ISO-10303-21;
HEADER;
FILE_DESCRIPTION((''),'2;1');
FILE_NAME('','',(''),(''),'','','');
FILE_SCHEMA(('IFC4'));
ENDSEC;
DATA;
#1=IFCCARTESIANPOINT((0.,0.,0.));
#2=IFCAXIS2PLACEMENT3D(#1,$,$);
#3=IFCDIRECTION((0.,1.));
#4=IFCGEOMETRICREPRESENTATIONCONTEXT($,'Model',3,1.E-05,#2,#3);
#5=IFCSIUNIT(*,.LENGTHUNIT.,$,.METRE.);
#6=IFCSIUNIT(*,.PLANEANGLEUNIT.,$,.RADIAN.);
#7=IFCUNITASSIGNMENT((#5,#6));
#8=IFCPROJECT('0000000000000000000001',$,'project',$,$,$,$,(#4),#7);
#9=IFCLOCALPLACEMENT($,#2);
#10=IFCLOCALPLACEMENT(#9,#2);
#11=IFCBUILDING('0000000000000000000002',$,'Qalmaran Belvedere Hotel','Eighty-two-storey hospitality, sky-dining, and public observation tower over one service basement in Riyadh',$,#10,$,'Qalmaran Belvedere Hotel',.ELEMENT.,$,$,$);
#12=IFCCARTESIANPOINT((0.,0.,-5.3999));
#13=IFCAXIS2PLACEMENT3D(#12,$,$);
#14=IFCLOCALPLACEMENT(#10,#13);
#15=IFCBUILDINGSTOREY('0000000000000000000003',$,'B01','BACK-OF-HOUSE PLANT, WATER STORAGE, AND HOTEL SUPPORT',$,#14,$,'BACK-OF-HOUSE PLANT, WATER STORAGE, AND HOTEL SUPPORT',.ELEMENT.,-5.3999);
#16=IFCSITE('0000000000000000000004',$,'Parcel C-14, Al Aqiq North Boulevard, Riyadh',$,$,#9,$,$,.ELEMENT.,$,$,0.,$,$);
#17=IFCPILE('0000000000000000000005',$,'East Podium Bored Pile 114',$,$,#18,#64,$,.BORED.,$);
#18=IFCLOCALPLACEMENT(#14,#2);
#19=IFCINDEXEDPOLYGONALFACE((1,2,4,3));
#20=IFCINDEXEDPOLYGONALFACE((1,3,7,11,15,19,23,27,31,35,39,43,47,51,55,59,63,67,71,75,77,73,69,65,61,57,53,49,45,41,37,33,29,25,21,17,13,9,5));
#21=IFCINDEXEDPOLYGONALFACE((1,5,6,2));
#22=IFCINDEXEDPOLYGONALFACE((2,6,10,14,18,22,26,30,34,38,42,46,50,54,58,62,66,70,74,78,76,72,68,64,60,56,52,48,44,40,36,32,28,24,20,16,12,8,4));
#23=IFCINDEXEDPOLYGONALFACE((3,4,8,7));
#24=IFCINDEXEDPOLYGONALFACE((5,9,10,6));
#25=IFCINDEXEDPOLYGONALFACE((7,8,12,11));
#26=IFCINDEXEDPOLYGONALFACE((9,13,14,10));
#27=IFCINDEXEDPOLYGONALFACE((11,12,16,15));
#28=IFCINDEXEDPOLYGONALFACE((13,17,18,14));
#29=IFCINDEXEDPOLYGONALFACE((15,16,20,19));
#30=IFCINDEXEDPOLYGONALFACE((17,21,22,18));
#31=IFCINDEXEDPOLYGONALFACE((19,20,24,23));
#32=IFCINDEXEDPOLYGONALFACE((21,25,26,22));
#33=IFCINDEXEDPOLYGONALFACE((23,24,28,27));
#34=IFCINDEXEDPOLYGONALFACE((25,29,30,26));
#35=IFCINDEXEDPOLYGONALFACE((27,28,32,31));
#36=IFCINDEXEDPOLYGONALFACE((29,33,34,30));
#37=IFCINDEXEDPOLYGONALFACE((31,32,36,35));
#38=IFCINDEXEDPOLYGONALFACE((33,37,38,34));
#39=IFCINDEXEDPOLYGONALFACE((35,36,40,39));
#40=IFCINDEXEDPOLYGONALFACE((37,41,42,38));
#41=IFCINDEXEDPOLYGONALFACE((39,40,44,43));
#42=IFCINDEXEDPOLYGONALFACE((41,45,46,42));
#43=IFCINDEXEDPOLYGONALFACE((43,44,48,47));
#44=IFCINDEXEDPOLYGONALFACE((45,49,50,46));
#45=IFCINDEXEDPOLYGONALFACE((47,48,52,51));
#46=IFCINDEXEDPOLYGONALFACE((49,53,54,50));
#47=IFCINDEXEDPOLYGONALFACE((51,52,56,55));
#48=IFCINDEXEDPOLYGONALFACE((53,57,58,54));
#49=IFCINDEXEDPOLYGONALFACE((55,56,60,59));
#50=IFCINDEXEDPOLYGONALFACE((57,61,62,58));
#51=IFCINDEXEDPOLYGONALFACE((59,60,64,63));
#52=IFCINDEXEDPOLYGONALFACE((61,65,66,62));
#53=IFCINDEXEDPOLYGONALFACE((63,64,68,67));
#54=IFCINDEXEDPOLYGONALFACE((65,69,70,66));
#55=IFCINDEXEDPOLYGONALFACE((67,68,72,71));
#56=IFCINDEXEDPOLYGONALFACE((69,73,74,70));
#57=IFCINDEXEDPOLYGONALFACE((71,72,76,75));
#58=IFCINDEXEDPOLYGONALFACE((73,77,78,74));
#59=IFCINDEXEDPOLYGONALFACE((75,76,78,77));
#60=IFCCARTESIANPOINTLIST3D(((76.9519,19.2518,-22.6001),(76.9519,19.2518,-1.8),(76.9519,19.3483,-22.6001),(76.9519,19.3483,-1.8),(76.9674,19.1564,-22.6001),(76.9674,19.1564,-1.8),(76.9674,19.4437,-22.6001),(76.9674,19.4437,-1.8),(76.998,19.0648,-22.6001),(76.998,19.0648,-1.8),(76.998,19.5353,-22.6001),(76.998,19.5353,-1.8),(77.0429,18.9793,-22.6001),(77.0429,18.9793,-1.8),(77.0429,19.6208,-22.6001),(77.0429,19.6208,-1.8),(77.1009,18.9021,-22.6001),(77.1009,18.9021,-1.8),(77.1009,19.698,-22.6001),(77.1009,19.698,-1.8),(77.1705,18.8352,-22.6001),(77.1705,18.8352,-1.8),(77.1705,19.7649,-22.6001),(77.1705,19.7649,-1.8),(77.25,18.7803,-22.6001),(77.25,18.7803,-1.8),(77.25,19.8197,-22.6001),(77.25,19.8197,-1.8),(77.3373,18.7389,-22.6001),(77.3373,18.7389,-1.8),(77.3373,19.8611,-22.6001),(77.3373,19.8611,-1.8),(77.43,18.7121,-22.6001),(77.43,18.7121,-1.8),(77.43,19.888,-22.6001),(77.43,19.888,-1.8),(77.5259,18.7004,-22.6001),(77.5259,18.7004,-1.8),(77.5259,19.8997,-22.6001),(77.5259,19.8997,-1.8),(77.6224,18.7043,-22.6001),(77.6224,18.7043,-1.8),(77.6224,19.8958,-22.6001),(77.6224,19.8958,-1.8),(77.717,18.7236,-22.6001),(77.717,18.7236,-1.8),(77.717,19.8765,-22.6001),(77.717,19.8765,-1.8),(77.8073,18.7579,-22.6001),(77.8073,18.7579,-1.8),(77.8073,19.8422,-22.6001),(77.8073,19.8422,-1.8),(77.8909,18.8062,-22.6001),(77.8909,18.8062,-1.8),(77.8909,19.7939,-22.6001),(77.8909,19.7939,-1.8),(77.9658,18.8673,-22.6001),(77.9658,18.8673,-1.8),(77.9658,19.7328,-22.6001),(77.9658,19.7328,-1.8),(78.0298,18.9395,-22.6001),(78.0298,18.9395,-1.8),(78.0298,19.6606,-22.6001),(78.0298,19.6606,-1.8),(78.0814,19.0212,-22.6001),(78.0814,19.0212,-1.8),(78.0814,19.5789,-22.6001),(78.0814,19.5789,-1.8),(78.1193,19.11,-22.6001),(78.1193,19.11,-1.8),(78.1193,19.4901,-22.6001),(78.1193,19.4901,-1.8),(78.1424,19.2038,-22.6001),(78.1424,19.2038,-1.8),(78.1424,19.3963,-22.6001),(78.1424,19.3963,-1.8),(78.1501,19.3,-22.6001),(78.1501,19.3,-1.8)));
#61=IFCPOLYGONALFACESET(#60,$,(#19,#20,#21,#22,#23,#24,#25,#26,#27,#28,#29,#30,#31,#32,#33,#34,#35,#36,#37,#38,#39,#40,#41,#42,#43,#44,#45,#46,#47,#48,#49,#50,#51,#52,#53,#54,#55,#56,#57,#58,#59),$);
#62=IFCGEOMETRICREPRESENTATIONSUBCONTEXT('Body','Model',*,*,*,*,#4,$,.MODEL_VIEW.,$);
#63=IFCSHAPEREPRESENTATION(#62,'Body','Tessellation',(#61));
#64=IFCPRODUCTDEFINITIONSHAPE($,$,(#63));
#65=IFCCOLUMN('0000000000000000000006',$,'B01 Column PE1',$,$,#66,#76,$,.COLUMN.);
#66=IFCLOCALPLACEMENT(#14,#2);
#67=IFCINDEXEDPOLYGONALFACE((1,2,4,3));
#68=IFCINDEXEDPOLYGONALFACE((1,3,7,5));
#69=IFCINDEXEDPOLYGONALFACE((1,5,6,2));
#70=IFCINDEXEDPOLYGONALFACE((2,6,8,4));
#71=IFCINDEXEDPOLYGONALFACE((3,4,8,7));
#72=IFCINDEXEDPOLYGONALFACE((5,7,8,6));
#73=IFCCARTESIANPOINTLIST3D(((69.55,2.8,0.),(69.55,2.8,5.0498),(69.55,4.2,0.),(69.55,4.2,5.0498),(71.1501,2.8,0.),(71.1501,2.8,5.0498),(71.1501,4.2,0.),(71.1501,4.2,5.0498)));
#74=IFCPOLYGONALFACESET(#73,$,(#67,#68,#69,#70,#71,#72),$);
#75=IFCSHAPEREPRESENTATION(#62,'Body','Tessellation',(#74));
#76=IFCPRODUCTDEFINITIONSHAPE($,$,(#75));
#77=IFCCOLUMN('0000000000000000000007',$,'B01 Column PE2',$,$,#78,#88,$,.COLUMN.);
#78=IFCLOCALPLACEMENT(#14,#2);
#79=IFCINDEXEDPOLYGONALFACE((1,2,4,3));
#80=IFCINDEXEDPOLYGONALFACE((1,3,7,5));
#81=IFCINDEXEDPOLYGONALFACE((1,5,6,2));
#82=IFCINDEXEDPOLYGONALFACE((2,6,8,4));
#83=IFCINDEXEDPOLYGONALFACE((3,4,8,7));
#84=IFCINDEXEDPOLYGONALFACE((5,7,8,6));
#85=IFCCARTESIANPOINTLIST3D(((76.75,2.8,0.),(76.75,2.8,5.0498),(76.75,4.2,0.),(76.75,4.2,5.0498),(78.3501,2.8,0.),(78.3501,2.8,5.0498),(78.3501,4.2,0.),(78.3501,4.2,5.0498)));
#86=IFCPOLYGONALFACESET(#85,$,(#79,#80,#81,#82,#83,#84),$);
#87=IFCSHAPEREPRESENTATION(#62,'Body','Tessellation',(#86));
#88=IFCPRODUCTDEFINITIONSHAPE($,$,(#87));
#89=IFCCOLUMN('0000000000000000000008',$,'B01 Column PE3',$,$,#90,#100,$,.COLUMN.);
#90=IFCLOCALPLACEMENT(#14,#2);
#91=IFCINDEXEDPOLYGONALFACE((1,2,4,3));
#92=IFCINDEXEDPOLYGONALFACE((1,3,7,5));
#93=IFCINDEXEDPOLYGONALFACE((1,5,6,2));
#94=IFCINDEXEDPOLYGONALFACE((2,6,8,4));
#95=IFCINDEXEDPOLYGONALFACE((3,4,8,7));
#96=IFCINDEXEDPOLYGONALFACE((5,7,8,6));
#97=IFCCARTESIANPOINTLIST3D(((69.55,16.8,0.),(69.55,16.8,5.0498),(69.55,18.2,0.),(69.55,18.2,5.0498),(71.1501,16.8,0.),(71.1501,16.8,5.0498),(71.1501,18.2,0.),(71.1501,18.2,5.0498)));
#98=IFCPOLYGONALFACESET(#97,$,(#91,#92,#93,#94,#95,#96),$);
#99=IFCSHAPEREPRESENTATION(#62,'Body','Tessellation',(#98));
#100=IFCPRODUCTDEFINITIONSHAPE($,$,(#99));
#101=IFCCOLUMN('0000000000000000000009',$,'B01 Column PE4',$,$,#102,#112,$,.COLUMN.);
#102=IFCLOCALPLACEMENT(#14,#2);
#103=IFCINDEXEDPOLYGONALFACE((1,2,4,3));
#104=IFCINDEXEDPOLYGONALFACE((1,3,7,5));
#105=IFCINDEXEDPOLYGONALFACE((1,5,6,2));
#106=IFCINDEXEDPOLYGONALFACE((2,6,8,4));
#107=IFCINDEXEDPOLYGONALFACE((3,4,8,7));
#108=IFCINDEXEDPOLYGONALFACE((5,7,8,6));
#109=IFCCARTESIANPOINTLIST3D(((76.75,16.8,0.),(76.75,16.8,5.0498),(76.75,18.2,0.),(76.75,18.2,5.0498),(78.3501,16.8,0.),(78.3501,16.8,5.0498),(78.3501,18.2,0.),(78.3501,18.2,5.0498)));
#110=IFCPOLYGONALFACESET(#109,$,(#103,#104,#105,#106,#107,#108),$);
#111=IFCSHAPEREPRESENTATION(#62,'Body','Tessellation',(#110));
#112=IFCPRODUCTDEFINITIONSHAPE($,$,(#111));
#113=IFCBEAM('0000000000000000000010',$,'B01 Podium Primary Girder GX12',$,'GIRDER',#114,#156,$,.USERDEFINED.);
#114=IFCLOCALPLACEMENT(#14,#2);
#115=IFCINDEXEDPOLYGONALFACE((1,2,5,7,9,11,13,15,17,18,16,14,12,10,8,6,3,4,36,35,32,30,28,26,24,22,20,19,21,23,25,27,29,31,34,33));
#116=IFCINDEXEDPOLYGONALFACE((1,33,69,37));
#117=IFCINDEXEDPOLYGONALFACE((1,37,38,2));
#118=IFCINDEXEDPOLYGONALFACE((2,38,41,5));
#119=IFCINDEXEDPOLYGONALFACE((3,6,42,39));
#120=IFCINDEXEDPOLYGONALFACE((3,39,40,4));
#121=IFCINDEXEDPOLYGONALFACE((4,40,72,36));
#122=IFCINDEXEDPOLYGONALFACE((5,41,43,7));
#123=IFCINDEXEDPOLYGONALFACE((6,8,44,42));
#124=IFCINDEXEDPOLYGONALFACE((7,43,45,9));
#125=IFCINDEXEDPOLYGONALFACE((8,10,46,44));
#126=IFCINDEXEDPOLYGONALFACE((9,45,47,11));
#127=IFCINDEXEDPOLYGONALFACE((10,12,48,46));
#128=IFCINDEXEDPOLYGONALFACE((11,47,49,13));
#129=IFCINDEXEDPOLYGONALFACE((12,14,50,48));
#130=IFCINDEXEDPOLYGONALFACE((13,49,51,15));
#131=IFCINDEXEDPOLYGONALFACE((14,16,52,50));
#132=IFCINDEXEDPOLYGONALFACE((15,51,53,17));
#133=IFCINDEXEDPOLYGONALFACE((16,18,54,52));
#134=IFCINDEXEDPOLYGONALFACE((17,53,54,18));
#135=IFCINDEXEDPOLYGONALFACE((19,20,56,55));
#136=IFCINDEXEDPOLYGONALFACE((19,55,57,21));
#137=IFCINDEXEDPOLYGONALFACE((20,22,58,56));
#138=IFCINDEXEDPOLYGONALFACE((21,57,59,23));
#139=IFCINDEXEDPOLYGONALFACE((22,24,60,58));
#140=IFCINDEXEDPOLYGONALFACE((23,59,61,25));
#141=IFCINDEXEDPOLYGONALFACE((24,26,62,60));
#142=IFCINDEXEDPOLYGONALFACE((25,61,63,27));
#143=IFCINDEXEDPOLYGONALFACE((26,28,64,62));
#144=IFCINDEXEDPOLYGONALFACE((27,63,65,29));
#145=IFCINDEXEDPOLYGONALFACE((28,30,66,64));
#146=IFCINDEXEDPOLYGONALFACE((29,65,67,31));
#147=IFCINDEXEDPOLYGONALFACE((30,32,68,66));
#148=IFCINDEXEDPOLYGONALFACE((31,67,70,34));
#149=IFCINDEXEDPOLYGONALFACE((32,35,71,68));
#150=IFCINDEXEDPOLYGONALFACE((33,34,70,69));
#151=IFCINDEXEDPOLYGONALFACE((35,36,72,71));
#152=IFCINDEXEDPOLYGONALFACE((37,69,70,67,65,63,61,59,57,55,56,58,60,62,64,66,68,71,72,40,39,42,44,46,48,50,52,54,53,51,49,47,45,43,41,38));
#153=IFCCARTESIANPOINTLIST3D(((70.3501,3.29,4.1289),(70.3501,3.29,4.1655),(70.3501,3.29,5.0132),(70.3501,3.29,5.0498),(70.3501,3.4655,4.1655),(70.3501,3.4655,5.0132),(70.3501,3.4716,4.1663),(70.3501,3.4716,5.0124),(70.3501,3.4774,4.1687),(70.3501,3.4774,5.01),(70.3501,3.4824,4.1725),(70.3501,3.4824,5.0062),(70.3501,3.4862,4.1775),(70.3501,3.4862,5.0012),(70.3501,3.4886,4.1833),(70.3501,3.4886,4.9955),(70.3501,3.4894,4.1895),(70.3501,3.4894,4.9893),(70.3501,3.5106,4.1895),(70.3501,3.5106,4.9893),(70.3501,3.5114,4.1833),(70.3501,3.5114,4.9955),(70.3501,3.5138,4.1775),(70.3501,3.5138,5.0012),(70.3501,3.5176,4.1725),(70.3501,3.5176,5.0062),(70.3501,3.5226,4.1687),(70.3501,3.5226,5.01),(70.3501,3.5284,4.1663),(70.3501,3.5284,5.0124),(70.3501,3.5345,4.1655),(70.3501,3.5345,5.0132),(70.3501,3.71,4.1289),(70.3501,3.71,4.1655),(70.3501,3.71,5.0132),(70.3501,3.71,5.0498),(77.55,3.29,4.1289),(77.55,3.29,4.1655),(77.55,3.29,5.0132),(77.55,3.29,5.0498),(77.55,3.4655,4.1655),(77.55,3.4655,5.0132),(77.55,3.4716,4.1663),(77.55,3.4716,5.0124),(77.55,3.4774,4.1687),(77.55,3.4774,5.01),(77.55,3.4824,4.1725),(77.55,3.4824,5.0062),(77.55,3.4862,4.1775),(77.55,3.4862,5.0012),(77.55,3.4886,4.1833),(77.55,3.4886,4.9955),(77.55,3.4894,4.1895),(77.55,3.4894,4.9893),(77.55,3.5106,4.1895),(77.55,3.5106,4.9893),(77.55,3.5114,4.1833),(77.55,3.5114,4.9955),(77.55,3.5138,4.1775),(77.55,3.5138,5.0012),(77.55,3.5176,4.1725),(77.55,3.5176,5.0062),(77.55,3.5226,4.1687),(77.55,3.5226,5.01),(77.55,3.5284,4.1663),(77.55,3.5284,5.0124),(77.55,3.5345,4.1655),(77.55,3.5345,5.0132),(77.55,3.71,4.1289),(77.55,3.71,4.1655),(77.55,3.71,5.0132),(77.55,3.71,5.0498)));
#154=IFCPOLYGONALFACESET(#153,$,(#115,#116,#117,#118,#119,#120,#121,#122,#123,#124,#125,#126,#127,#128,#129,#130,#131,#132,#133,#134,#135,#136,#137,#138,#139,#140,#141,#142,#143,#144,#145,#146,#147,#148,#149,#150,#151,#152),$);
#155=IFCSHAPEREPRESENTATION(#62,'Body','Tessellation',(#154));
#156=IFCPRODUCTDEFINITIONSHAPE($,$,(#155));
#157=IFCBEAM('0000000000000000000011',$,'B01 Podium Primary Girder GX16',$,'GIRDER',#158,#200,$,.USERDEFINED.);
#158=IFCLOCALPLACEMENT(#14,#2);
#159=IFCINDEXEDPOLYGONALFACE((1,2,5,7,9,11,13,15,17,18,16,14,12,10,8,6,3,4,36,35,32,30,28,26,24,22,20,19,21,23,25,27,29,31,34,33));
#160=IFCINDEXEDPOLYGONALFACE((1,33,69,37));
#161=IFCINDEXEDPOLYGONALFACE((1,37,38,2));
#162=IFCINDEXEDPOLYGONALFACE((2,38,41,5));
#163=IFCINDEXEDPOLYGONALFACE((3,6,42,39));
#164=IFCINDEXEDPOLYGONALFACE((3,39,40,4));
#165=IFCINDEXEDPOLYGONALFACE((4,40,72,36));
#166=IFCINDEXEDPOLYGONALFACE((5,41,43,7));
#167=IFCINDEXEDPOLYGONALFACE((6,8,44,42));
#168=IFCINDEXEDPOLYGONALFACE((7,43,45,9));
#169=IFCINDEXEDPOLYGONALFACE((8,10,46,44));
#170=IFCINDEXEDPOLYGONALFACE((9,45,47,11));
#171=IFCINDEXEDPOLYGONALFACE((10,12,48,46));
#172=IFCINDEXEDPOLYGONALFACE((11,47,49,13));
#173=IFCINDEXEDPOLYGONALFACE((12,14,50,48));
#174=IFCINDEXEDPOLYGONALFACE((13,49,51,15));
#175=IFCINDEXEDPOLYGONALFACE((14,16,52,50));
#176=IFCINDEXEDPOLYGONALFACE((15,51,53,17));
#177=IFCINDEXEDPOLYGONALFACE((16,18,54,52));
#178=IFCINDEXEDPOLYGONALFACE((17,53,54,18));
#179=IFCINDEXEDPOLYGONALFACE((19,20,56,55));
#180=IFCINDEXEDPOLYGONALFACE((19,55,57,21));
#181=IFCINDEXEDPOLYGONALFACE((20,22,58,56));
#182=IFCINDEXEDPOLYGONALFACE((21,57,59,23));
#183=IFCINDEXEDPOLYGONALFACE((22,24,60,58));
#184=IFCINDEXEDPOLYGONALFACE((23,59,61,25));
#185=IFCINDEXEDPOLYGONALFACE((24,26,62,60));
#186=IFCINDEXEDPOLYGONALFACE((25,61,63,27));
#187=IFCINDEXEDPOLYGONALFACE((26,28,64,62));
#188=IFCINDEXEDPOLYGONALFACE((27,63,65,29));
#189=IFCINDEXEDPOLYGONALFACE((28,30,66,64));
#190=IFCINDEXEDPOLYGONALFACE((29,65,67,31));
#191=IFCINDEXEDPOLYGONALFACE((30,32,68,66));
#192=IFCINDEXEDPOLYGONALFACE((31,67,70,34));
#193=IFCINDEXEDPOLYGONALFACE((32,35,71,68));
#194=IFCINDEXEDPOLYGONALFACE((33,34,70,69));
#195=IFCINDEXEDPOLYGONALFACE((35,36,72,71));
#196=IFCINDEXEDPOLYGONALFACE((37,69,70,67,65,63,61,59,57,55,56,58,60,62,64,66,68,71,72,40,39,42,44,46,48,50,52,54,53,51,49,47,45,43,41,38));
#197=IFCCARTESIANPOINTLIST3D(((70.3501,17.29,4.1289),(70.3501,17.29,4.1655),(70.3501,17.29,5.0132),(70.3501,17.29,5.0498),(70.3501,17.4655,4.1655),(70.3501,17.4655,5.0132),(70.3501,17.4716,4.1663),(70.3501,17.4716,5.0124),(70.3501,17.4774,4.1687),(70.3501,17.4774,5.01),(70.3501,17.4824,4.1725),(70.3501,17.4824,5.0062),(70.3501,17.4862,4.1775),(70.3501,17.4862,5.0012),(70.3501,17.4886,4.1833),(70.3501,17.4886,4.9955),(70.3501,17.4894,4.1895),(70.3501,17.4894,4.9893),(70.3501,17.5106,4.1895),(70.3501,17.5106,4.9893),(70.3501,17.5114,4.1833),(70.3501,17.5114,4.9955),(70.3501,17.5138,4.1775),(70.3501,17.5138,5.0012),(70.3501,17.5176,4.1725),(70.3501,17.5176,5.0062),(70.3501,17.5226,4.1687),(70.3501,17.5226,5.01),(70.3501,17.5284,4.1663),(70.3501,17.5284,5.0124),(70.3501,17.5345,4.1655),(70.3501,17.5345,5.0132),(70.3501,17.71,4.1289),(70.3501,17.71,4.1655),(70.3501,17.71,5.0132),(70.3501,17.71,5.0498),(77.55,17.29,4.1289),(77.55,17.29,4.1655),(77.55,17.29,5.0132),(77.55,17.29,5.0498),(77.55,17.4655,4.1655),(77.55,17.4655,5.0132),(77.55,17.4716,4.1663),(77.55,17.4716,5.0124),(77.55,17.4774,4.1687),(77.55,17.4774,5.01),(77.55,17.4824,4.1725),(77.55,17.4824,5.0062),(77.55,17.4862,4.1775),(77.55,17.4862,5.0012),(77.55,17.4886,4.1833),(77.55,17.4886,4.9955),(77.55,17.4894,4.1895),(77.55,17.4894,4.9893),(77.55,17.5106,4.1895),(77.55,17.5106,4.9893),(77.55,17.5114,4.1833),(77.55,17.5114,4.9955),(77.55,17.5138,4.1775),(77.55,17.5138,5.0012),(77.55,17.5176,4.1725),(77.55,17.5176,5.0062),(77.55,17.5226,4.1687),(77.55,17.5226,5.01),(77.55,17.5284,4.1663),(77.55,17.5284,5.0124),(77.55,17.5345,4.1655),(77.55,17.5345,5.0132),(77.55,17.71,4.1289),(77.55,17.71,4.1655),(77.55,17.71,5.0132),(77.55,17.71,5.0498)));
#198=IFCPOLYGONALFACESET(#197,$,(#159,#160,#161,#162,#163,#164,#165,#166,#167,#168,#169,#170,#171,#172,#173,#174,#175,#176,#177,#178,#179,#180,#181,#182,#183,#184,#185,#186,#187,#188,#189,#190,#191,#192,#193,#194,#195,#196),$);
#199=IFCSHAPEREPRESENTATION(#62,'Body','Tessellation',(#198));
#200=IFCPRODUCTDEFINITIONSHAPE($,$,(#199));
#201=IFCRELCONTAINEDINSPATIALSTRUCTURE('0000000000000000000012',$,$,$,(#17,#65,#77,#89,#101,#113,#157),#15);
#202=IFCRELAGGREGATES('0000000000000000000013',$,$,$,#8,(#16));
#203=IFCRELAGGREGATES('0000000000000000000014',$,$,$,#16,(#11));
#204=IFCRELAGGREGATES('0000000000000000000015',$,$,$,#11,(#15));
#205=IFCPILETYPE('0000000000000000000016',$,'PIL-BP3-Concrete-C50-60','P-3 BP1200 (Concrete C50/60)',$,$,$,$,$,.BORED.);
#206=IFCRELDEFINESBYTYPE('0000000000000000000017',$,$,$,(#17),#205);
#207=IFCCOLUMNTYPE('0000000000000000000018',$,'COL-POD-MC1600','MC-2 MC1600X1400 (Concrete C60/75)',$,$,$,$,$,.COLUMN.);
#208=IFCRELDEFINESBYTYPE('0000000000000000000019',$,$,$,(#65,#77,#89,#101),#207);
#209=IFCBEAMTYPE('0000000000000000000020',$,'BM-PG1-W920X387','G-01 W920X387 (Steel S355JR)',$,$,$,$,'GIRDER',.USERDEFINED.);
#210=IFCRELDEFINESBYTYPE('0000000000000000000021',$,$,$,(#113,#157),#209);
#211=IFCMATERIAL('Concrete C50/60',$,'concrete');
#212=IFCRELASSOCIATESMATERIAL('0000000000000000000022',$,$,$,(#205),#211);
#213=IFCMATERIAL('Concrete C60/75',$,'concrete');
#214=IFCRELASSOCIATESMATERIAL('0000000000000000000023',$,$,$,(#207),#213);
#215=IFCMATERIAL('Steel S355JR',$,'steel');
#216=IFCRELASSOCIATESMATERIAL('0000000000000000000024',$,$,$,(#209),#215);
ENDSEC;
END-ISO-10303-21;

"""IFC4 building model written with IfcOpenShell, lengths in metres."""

from ifc_helpers import new_model, si_unit, direction, frame, origin, origin_2d, place, context, subcontext, project, spatial, rectangle, circle, i_section, extrude, material, material_profile, profile_set, type_object, element, save


model = new_model("IFC4")

# Units and contexts
model_context = context("Model", 3, precision=1e-05, world=origin(), true_north=direction((0.0, 1.0)))
body_context = subcontext(model_context, "Body", "Model", "MODEL_VIEW")
ifc_project = project(units=[si_unit("LENGTHUNIT", "METRE"), si_unit("PLANEANGLEUNIT", "RADIAN")], contexts=[model_context])

# Site, building, storey
site_placement = place(None, origin())
site = spatial("IfcSite", under=ifc_project, at=site_placement, Name="Parcel C-14, Al Aqiq North Boulevard, Riyadh", CompositionType="ELEMENT", RefElevation=0.0)
building_placement = place(site_placement, origin())
building = spatial("IfcBuilding", under=site, at=building_placement, Name="Qalmaran Belvedere Hotel", Description="Eighty-two-storey hospitality, sky-dining, and public observation tower over one service basement in Riyadh", LongName="Qalmaran Belvedere Hotel", CompositionType="ELEMENT")
storey_placement = place(building_placement, frame((0.0, 0.0, -5.3999)))
storey = spatial("IfcBuildingStorey", under=building, at=storey_placement, Name="B01", Description="BACK-OF-HOUSE PLANT, WATER STORAGE, AND HOTEL SUPPORT", LongName="BACK-OF-HOUSE PLANT, WATER STORAGE, AND HOTEL SUPPORT", CompositionType="ELEMENT", Elevation=-5.3999)

# Shared definitions
ifc_material_1 = material(Name="Concrete C50/60", Category="concrete")

# Pile
ifc_material_profile_1 = material_profile(ifc_material_1, circle(Radius=0.6001, at=origin_2d()), Name="BP1200")
ifc_profile_set_1 = profile_set([ifc_material_profile_1], Name="Concrete C50/60")
pile_type = type_object("IfcPileType", Name="PIL-BP3-Concrete-C50-60", Description="P-3 BP1200 (Concrete C50/60)", PredefinedType="BORED", material=ifc_profile_set_1)
for number, where, z_axis, x_axis, name in (
    (1, (77.55, 19.3, -1.8), (0.0, 0.0, -1.0), (1.0, 0.0, 0.0), "East Podium Bored Pile 114"),
):
    element("IfcPile", number, at=place(storey_placement, frame(where, z_axis=z_axis, x_axis=x_axis)), inside=storey, type_object=pile_type, Name=name, PredefinedType="BORED", context=body_context, shape_type="SweptSolid", body=[
        extrude(circle(Radius=0.6001, at=origin_2d()), origin(), (0.0, 0.0, 1.0), 20.8),
    ])

# Columns
ifc_material_2 = material(Name="Concrete C60/75", Category="concrete")
ifc_material_profile_2 = material_profile(ifc_material_2, rectangle(XDim=1.6001, YDim=1.3999, at=origin_2d()), Name="MC1600X1400")
ifc_profile_set_2 = profile_set([ifc_material_profile_2], Name="Concrete C60/75")
column_type = type_object("IfcColumnType", Name="COL-POD-MC1600", Description="MC-2 MC1600X1400 (Concrete C60/75)", PredefinedType="COLUMN", material=ifc_profile_set_2)
for number, where, z_axis, x_axis, name in (
    (2, (70.3501, 3.5, 0.0), (0.0, 0.0, 1.0), (1.0, 0.0, 0.0), "B01 Column PE1"),
    (3, (77.55, 3.5, 0.0), (0.0, 0.0, 1.0), (1.0, 0.0, 0.0), "B01 Column PE2"),
    (4, (70.3501, 17.5, 0.0), (0.0, 0.0, 1.0), (1.0, 0.0, 0.0), "B01 Column PE3"),
    (5, (77.55, 17.5, 0.0), (0.0, 0.0, 1.0), (1.0, 0.0, 0.0), "B01 Column PE4"),
):
    element("IfcColumn", number, at=place(storey_placement, frame(where, z_axis=z_axis, x_axis=x_axis)), inside=storey, type_object=column_type, Name=name, PredefinedType="COLUMN", context=body_context, shape_type="SweptSolid", body=[
        extrude(rectangle(XDim=1.6001, YDim=1.3999, at=origin_2d()), origin(), (0.0, 0.0, 1.0), 5.0498),
    ])

# Beams
ifc_material_3 = material(Name="Steel S355JR", Category="steel")
ifc_material_profile_3 = material_profile(ifc_material_3, i_section(OverallWidth=0.4199, OverallDepth=0.9209, WebThickness=0.0212, FlangeThickness=0.0366, FilletRadius=0.0239, at=origin_2d()), Name="W920X387")
ifc_profile_set_3 = profile_set([ifc_material_profile_3], Name="Steel S355JR")
beam_type_1 = type_object("IfcBeamType", Name="BM-PG1-W920X387", Description="G-01 W920X387 (Steel S355JR)", ElementType="GIRDER", PredefinedType="USERDEFINED", material=ifc_profile_set_3)
for number, where, z_axis, x_axis, name in (
    (6, (70.3501, 3.5, 4.5894), (1.0, 0.0, 0.0), (0.0, 1.0, 0.0), "B01 Podium Primary Girder GX12"),
    (7, (70.3501, 17.5, 4.5894), (1.0, 0.0, 0.0), (0.0, 1.0, 0.0), "B01 Podium Primary Girder GX16"),
):
    element("IfcBeam", number, at=place(storey_placement, frame(where, z_axis=z_axis, x_axis=x_axis)), inside=storey, type_object=beam_type_1, Name=name, ObjectType="GIRDER", PredefinedType="USERDEFINED", context=body_context, shape_type="SweptSolid", body=[
        extrude(i_section(OverallWidth=0.4199, OverallDepth=0.9209, WebThickness=0.0212, FlangeThickness=0.0366, FilletRadius=0.0239, at=origin_2d()), origin(), (0.0, 0.0, 1.0), 7.2),
    ])

save(model, "model.ifc")
